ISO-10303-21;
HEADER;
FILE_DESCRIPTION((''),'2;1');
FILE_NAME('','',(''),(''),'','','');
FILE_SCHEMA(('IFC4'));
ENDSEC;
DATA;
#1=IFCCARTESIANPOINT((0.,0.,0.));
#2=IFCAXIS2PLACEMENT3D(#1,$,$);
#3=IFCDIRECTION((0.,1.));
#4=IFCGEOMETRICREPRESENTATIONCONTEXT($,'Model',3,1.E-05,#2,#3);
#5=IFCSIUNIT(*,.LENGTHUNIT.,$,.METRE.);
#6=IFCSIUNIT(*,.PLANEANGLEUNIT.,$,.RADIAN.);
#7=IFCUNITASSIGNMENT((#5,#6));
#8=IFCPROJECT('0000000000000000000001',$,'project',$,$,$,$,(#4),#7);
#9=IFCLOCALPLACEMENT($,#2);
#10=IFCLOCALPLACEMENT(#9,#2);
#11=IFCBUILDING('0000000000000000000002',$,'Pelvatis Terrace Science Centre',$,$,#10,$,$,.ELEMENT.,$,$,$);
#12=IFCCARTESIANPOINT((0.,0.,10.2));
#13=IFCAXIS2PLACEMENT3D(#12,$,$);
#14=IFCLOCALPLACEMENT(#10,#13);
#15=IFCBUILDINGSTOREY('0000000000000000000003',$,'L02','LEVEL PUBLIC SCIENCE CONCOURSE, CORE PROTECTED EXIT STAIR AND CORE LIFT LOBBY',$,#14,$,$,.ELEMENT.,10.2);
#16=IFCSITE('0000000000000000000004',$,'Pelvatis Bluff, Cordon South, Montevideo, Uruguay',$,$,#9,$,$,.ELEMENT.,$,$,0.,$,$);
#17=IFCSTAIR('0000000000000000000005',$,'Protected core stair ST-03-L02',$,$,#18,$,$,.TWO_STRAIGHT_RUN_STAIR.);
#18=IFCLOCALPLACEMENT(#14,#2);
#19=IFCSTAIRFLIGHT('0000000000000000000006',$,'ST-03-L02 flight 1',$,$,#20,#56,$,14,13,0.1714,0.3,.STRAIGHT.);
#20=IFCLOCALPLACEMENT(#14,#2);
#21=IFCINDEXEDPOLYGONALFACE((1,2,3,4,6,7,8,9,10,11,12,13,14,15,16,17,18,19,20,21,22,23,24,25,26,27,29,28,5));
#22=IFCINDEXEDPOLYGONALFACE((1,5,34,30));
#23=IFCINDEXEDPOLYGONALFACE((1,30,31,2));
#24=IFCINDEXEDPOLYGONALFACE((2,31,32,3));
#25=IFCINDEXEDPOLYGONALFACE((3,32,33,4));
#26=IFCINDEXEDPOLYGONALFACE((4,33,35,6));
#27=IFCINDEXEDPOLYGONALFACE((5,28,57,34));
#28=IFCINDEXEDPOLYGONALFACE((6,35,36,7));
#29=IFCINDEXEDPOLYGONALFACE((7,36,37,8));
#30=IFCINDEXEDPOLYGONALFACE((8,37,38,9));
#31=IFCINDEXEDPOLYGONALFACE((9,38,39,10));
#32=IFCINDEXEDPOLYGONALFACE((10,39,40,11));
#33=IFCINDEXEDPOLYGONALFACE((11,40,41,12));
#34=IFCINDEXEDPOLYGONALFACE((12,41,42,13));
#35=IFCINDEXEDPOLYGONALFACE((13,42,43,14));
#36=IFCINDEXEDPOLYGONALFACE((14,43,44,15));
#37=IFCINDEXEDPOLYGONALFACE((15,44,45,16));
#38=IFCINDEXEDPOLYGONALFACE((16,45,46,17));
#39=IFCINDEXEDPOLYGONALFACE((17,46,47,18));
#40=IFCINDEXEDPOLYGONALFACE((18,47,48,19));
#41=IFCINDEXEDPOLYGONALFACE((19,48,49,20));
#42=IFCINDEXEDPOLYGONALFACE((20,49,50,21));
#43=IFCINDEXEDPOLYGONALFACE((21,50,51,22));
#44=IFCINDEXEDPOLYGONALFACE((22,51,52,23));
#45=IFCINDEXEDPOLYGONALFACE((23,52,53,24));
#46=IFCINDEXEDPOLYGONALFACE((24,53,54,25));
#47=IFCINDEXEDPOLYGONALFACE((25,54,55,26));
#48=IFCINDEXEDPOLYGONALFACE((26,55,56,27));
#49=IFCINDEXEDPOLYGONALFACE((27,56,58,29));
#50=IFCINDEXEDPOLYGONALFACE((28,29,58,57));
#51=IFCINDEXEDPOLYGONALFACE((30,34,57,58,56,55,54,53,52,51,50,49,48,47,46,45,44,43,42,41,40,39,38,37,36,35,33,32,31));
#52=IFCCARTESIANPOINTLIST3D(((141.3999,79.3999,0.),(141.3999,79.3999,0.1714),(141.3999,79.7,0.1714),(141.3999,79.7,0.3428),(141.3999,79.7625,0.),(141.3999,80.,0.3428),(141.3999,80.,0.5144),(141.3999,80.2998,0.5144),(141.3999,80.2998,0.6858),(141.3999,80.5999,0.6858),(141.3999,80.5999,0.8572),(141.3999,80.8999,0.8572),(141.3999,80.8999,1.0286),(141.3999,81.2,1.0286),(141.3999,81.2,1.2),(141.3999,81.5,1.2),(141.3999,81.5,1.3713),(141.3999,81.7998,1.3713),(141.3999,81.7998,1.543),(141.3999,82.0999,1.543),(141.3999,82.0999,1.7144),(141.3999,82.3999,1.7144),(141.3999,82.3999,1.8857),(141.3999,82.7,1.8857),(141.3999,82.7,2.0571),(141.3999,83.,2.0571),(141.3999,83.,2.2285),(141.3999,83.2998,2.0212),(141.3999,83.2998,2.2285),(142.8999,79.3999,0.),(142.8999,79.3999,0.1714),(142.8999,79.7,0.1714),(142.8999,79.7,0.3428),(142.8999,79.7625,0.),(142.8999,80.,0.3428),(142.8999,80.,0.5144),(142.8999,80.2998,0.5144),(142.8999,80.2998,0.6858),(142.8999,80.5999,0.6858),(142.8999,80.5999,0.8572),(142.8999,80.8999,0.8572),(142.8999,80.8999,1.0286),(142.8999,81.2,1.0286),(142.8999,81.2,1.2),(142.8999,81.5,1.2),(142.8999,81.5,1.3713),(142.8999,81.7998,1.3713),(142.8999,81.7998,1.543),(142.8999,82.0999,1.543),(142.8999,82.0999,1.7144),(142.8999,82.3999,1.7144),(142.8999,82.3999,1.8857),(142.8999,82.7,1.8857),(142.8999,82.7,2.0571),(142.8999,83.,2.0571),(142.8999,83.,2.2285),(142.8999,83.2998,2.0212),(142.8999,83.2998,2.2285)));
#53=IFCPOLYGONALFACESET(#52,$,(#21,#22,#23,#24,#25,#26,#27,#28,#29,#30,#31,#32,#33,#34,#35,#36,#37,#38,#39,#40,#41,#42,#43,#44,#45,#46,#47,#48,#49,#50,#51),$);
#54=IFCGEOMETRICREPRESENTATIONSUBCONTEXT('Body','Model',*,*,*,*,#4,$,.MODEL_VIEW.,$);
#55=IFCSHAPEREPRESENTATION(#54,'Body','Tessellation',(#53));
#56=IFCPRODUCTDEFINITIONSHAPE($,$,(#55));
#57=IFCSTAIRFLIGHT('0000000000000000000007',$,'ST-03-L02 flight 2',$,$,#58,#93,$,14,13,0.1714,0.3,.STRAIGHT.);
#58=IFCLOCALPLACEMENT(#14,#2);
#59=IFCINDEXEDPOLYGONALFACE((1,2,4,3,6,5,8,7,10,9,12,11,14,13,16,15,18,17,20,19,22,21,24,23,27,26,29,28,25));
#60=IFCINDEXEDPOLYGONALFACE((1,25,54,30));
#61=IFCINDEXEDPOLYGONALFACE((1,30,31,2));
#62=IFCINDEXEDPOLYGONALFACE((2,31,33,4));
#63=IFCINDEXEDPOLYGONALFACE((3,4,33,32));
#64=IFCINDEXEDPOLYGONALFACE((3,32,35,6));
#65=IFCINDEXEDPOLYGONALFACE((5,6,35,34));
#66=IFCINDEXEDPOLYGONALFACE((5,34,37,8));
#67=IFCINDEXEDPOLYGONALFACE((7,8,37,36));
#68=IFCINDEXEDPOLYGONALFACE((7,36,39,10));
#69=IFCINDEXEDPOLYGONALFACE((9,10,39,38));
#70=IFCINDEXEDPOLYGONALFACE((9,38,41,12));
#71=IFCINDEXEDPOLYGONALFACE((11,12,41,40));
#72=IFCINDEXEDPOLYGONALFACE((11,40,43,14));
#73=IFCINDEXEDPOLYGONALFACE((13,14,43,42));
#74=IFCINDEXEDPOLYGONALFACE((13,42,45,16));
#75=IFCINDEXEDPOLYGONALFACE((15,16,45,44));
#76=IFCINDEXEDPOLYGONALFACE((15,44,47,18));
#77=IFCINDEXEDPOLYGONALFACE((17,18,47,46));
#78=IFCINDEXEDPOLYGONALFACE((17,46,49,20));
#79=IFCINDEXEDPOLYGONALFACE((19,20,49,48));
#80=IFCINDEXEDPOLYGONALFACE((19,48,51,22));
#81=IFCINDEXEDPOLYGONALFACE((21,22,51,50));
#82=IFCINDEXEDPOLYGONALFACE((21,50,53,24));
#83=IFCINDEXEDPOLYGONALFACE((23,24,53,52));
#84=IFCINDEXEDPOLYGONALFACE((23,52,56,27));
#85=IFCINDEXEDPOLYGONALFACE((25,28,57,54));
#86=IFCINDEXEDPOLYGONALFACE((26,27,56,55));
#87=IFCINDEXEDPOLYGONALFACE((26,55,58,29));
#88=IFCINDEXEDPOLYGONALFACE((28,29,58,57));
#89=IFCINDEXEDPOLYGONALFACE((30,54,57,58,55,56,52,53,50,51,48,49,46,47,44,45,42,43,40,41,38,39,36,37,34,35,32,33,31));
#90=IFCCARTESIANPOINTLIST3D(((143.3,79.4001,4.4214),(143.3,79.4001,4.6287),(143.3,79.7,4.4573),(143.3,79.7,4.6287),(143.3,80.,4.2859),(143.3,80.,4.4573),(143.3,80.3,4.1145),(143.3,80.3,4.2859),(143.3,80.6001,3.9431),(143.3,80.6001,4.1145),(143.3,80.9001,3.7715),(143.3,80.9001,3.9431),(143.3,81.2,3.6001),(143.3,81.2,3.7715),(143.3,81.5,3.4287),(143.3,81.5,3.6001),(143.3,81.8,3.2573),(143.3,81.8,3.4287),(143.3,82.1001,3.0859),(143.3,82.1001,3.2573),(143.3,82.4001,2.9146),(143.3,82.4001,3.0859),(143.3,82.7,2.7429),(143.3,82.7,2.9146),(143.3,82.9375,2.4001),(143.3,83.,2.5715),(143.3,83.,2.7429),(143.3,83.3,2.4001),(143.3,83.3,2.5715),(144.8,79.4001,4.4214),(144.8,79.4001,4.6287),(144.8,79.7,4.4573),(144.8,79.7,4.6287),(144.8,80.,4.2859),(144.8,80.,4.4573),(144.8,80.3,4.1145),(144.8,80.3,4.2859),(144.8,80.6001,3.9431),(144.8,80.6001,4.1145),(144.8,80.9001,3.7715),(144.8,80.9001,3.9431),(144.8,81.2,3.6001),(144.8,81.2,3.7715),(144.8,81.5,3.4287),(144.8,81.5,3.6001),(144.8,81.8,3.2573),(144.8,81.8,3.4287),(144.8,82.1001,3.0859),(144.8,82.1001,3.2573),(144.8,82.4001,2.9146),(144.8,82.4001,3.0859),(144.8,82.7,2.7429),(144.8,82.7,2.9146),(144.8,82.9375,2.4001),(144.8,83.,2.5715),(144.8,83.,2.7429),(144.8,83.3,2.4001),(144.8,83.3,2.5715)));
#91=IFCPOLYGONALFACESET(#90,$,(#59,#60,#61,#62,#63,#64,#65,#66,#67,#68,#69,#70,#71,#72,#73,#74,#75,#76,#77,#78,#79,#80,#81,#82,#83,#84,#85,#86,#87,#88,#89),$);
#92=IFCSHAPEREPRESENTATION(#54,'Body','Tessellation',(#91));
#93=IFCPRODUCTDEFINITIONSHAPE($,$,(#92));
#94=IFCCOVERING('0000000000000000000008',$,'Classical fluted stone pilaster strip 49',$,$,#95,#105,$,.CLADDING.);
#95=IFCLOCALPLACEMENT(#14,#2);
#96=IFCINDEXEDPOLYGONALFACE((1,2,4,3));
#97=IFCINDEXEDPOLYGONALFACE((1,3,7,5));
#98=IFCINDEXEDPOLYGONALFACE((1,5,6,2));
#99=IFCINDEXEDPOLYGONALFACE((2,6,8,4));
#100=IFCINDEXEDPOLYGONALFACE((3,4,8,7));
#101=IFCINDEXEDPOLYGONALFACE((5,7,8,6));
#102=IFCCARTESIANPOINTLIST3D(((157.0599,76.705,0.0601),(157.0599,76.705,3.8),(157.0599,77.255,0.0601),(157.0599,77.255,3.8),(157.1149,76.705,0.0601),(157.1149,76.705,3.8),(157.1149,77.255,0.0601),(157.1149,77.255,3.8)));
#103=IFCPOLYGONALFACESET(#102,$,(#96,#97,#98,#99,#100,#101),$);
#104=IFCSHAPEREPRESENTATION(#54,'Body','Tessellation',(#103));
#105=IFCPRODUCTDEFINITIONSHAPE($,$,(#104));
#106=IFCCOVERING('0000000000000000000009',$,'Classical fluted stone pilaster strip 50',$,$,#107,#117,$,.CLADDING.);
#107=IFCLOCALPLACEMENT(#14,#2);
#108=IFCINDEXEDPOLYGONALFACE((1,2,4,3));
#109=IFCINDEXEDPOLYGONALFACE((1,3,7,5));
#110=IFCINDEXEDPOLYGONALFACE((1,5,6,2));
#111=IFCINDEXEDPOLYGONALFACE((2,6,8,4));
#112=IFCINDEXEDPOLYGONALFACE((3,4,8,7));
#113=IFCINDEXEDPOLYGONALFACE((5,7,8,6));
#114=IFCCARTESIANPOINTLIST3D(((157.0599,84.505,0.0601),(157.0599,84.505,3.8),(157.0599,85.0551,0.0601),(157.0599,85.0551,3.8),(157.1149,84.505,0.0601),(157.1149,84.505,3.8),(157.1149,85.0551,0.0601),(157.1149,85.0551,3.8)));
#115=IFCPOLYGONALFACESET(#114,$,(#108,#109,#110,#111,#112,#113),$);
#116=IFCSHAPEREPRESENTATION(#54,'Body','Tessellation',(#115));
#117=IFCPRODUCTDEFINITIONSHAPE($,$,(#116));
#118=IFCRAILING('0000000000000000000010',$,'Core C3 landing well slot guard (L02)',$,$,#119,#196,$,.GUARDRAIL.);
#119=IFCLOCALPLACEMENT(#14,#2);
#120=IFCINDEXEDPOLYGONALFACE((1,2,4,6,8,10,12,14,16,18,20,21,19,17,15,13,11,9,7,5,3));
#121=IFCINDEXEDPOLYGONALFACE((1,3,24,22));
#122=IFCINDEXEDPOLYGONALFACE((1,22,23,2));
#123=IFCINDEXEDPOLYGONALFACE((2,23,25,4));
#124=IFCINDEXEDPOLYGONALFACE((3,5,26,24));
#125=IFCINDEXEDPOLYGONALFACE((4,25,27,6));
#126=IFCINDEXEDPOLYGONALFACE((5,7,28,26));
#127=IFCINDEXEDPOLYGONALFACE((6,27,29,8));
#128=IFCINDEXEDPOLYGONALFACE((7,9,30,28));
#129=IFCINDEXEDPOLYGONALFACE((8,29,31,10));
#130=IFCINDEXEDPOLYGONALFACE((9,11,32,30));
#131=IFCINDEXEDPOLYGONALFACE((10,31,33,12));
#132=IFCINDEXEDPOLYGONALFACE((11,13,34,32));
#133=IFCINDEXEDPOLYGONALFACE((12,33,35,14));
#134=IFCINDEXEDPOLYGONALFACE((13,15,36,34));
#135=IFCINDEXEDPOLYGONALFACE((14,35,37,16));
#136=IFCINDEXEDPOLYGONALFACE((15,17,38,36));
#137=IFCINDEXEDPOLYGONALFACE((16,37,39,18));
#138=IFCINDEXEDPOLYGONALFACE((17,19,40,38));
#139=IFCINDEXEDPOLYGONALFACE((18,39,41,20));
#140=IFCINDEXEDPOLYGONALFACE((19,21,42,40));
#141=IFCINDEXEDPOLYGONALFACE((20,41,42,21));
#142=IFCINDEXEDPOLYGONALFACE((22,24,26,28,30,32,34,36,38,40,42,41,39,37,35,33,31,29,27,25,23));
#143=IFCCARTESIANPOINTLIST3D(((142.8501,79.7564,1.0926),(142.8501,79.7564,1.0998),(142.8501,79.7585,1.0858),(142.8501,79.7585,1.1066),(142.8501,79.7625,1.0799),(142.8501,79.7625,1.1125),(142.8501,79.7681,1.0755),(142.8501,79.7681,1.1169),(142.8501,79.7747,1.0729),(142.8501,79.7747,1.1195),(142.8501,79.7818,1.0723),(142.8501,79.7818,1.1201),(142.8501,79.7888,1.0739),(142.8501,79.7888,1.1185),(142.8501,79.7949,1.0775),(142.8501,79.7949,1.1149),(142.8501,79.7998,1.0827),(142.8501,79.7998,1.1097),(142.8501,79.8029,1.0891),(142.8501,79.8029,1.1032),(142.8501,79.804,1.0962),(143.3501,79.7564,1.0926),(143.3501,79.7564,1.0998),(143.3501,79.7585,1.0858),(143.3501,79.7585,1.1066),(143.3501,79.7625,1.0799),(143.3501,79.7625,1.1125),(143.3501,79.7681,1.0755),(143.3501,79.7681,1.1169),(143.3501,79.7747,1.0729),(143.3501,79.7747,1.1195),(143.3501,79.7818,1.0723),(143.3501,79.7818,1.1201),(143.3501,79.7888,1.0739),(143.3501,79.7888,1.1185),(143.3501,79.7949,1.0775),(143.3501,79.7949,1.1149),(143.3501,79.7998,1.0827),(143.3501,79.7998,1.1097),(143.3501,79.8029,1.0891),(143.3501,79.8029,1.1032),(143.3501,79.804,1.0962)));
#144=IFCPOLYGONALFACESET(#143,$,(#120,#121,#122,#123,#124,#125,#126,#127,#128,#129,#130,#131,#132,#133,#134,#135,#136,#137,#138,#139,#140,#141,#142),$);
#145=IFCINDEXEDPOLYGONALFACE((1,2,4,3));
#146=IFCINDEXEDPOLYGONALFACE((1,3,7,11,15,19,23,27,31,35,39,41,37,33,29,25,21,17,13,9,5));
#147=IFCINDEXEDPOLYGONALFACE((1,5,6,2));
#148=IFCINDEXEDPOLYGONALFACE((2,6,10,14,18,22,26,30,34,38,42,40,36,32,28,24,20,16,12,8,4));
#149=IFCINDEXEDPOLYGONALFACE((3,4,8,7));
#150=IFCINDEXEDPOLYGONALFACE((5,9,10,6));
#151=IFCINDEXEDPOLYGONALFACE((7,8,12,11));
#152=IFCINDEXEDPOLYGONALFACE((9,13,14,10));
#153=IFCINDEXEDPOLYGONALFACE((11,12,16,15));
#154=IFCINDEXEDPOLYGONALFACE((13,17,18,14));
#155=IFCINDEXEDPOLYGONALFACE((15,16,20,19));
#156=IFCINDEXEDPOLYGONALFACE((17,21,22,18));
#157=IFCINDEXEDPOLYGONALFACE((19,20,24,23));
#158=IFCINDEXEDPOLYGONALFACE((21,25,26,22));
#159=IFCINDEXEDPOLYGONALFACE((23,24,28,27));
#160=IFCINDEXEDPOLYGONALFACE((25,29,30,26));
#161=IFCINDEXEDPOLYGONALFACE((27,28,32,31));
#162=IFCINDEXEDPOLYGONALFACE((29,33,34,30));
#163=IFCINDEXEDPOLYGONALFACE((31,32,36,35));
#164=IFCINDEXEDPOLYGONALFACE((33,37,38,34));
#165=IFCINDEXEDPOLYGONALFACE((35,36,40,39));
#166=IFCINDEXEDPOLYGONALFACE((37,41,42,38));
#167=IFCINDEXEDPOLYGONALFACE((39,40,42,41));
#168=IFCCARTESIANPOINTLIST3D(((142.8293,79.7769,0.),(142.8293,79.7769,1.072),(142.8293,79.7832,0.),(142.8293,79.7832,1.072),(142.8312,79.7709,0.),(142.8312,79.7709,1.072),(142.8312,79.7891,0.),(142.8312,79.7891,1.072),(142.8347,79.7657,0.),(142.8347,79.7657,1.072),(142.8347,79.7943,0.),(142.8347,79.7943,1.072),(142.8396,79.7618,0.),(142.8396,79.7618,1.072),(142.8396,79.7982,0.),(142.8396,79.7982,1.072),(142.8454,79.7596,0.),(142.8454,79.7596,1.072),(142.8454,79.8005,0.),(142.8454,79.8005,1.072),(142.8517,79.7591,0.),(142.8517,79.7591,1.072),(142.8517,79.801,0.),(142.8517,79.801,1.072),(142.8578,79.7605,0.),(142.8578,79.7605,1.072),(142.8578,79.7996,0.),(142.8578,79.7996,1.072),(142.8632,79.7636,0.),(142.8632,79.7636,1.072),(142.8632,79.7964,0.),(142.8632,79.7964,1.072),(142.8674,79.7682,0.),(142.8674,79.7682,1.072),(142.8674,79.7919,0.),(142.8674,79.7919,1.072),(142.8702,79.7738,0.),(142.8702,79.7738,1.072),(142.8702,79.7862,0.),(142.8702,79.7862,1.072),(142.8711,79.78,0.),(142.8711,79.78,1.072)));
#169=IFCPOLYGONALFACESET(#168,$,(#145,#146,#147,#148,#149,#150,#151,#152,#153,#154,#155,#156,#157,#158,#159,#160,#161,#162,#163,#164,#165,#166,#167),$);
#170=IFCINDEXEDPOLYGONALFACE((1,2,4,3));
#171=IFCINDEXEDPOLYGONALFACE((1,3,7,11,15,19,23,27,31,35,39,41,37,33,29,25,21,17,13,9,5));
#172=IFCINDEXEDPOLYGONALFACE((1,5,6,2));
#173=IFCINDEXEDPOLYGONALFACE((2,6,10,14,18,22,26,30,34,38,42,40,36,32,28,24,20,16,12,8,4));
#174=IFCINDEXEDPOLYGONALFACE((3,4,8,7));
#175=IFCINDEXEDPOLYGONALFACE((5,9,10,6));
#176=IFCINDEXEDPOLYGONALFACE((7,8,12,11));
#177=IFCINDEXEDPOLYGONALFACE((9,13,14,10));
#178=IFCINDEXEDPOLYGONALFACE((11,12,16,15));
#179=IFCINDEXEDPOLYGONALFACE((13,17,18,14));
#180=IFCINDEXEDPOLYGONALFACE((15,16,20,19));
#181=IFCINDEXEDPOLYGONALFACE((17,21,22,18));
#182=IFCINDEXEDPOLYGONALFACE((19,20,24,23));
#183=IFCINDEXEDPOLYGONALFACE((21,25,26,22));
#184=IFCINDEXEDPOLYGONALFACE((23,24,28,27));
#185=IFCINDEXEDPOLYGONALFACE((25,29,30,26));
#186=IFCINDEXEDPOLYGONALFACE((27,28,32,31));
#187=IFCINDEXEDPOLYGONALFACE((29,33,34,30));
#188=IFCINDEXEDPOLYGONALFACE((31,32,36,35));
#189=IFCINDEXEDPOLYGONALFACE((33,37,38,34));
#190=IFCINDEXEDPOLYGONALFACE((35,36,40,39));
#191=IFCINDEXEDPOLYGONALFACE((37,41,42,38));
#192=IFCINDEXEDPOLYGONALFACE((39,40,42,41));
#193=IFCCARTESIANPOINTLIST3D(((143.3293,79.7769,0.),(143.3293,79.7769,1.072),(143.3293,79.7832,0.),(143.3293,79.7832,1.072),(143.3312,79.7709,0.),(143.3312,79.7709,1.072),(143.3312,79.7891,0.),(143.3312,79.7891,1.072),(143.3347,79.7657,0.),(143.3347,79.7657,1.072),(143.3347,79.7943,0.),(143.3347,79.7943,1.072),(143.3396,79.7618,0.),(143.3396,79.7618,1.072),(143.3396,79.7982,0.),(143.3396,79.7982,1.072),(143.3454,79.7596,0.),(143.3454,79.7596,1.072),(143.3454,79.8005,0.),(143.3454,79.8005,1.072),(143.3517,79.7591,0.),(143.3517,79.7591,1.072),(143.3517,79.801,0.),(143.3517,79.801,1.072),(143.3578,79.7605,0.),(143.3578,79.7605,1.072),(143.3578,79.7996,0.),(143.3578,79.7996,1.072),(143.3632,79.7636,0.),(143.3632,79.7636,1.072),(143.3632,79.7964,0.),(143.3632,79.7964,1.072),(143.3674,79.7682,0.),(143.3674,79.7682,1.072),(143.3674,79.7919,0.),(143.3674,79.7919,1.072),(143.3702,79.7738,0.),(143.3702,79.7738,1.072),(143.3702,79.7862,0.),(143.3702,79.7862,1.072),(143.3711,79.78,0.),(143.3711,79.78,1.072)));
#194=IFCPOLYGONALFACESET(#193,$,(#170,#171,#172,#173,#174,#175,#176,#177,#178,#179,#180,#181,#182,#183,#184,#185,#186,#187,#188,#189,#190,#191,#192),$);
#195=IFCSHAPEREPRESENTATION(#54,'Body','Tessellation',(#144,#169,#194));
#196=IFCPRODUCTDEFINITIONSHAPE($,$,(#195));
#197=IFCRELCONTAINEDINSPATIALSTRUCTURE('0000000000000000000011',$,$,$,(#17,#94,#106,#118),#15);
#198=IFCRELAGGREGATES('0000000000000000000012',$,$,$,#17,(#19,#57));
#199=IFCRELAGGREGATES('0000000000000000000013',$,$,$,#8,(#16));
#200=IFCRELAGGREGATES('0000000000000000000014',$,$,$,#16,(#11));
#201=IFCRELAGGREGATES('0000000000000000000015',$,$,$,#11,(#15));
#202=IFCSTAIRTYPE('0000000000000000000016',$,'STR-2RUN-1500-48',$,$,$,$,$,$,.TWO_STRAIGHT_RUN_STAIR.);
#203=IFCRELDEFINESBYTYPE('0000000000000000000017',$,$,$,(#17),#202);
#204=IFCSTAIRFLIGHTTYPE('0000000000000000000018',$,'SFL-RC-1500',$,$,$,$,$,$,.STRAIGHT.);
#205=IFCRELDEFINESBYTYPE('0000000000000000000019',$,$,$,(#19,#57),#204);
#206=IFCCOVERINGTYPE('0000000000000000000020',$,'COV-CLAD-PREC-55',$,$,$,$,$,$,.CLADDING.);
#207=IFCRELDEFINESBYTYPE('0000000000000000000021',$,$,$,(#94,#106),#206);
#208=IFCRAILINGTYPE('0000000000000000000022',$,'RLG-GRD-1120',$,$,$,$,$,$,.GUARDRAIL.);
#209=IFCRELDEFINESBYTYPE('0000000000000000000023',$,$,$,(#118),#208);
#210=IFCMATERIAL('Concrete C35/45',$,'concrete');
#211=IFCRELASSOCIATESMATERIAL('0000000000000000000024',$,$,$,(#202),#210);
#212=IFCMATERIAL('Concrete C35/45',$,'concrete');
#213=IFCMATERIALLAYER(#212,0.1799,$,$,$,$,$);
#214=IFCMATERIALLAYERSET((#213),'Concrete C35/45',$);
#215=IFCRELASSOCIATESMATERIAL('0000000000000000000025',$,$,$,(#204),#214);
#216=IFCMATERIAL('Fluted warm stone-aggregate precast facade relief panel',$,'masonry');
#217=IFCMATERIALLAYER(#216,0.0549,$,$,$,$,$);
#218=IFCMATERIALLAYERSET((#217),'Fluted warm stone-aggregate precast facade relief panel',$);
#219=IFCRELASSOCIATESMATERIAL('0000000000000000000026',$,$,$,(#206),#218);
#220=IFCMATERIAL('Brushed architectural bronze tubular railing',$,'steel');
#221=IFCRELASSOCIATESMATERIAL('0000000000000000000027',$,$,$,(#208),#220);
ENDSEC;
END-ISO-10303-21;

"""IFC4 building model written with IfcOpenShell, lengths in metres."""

from ifc_helpers import new_model, si_unit, direction, frame, origin, origin_2d, place, context, subcontext, project, spatial, polyline, rectangle, circle, outline, extrude, material, layer, layer_set, type_object, element, aggregate, save


model = new_model("IFC4")

# Units and contexts
model_context = context("Model", 3, precision=1e-05, world=origin(), true_north=direction((0.0, 1.0)))
body_context = subcontext(model_context, "Body", "Model", "MODEL_VIEW")
ifc_project = project(units=[si_unit("LENGTHUNIT", "METRE"), si_unit("PLANEANGLEUNIT", "RADIAN")], contexts=[model_context])

# Site, building, storey
site_placement = place(None, origin())
site = spatial("IfcSite", under=ifc_project, at=site_placement, Name="Pelvatis Bluff, Cordon South, Montevideo, Uruguay", CompositionType="ELEMENT", RefElevation=0.0)
building_placement = place(site_placement, origin())
building = spatial("IfcBuilding", under=site, at=building_placement, Name="Pelvatis Terrace Science Centre", CompositionType="ELEMENT")
storey_placement = place(building_placement, frame((0.0, 0.0, 10.2)))
storey = spatial("IfcBuildingStorey", under=building, at=storey_placement, Name="L02", Description="LEVEL PUBLIC SCIENCE CONCOURSE, CORE PROTECTED EXIT STAIR AND CORE LIFT LOBBY", CompositionType="ELEMENT", Elevation=10.2)

# Stair, stair flights
ifc_material_1 = material(Name="Concrete C35/45", Category="concrete")
stair_type = type_object("IfcStairType", Name="STR-2RUN-1500-48", PredefinedType="TWO_STRAIGHT_RUN_STAIR", material=ifc_material_1)
stair_placement = place(storey_placement, origin())
stair = element("IfcStair", 1, at=stair_placement, inside=storey, type_object=stair_type, Name="Protected core stair ST-03-L02", PredefinedType="TWO_STRAIGHT_RUN_STAIR")
ifc_material_2 = material(Name="Concrete C35/45", Category="concrete")
ifc_layer_1 = layer(ifc_material_2, 0.1799)
ifc_layer_set_1 = layer_set([ifc_layer_1], Name="Concrete C35/45")
stair_flight_type = type_object("IfcStairFlightType", Name="SFL-RC-1500", PredefinedType="STRAIGHT", material=ifc_layer_set_1)
stair_flight_1_placement = place(storey_placement, frame((142.1499, 79.3999, 0.0), z_axis=(0.0, 0.0, 1.0), x_axis=(0.0, 1.0, 0.0)))
stair_flight_1 = element("IfcStairFlight", 2, at=stair_flight_1_placement, type_object=stair_flight_type, Name="ST-03-L02 flight 1", NumberOfRisers=14, NumberOfTreads=13, PredefinedType="STRAIGHT", RiserHeight=0.1714, TreadLength=0.3, context=body_context, shape_type="SweptSolid", body=[
    extrude(outline(polyline([(0.0, 0.0), (0.0, 0.1714), (0.3, 0.1714), (0.3, 0.3428), (0.6001, 0.3428), (0.6001, 0.5144), (0.8999, 0.5144), (0.8999, 0.6858), (1.2, 0.6858), (1.2, 0.8572), (1.5, 0.8572), (1.5, 1.0286), (1.8, 1.0286), (1.8, 1.2), (2.1001, 1.2), (2.1001, 1.3713), (2.3999, 1.3713), (2.3999, 1.543), (2.7, 1.543), (2.7, 1.7144), (3.0, 1.7144), (3.0, 1.8857), (3.3, 1.8857), (3.3, 2.0571), (3.6001, 2.0571), (3.6001, 2.2285), (3.8999, 2.2285), (3.8999, 2.3999), (3.8999, 2.0212), (0.3625, 0.0), (0.0, 0.0)])), frame((0.0, 0.75, 0.0), z_axis=(0.0, -1.0, 0.0), x_axis=(1.0, 0.0, 0.0)), (0.0, 0.0, 1.0), 1.5),
])
stair_flight_2_placement = place(storey_placement, frame((144.05, 83.3, 2.4001), z_axis=(0.0, 0.0, 1.0), x_axis=(0.0, -1.0, 0.0)))
stair_flight_2 = element("IfcStairFlight", 3, at=stair_flight_2_placement, type_object=stair_flight_type, Name="ST-03-L02 flight 2", NumberOfRisers=14, NumberOfTreads=13, PredefinedType="STRAIGHT", RiserHeight=0.1714, TreadLength=0.3, context=body_context, shape_type="SweptSolid", body=[
    extrude(outline(polyline([(0.0, 0.0), (0.0, 0.1714), (0.3, 0.1714), (0.3, 0.3428), (0.6001, 0.3428), (0.6001, 0.5144), (0.8999, 0.5144), (0.8999, 0.6858), (1.2, 0.6858), (1.2, 0.8572), (1.5, 0.8572), (1.5, 1.0286), (1.8, 1.0286), (1.8, 1.2), (2.1001, 1.2), (2.1001, 1.3713), (2.3999, 1.3713), (2.3999, 1.543), (2.7, 1.543), (2.7, 1.7144), (3.0, 1.7144), (3.0, 1.8857), (3.3, 1.8857), (3.3, 2.0571), (3.6001, 2.0571), (3.6001, 2.2285), (3.8999, 2.2285), (3.8999, 2.3999), (3.8999, 2.0212), (0.3625, 0.0), (0.0, 0.0)])), frame((0.0, 0.75, 0.0), z_axis=(0.0, -1.0, 0.0), x_axis=(1.0, 0.0, 0.0)), (0.0, 0.0, 1.0), 1.5),
])
aggregate(stair, [stair_flight_1, stair_flight_2])

# Coverings
ifc_material_3 = material(Name="Fluted warm stone-aggregate precast facade relief panel", Category="masonry")
ifc_layer_2 = layer(ifc_material_3, 0.0549)
ifc_layer_set_2 = layer_set([ifc_layer_2], Name="Fluted warm stone-aggregate precast facade relief panel")
covering_type = type_object("IfcCoveringType", Name="COV-CLAD-PREC-55", PredefinedType="CLADDING", material=ifc_layer_set_2)
for number, where, z_axis, x_axis, name in (
    (4, (157.0874, 76.98, 0.0601), (0.0, 0.0, 1.0), (1.0, 0.0, 0.0), "Classical fluted stone pilaster strip 49"),
    (5, (157.0874, 84.78, 0.0601), (0.0, 0.0, 1.0), (1.0, 0.0, 0.0), "Classical fluted stone pilaster strip 50"),
):
    element("IfcCovering", number, at=place(storey_placement, frame(where, z_axis=z_axis, x_axis=x_axis)), inside=storey, type_object=covering_type, Name=name, PredefinedType="CLADDING", context=body_context, shape_type="SweptSolid", body=[
        extrude(rectangle(XDim=0.0549, YDim=0.55, at=origin_2d()), origin(), (0.0, 0.0, 1.0), 3.74),
    ])

# Railing
ifc_material_4 = material(Name="Brushed architectural bronze tubular railing", Category="steel")
railing_type_1 = type_object("IfcRailingType", Name="RLG-GRD-1120", PredefinedType="GUARDRAIL", material=ifc_material_4)
railing_1_placement = place(storey_placement, frame((142.8501, 79.78, 0.0)))
element("IfcRailing", 6, at=railing_1_placement, inside=storey, type_object=railing_type_1, Name="Core C3 landing well slot guard (L02)", PredefinedType="GUARDRAIL", context=body_context, shape_type="SweptSolid", body=[
    extrude(circle(Radius=0.0239, at=origin_2d()), frame((0.0, 0.0, 1.0962), z_axis=(1.0, 0.0, 0.0), x_axis=(0.0, 1.0, 0.0)), (0.0, 0.0, 1.0), 0.5),
    extrude(circle(Radius=0.021, at=origin_2d()), origin(), (0.0, 0.0, 1.0), 1.072),
    extrude(circle(Radius=0.021, at=origin_2d()), frame((0.5, 0.0, 0.0)), (0.0, 0.0, 1.0), 1.072),
])

save(model, "model.ifc")
